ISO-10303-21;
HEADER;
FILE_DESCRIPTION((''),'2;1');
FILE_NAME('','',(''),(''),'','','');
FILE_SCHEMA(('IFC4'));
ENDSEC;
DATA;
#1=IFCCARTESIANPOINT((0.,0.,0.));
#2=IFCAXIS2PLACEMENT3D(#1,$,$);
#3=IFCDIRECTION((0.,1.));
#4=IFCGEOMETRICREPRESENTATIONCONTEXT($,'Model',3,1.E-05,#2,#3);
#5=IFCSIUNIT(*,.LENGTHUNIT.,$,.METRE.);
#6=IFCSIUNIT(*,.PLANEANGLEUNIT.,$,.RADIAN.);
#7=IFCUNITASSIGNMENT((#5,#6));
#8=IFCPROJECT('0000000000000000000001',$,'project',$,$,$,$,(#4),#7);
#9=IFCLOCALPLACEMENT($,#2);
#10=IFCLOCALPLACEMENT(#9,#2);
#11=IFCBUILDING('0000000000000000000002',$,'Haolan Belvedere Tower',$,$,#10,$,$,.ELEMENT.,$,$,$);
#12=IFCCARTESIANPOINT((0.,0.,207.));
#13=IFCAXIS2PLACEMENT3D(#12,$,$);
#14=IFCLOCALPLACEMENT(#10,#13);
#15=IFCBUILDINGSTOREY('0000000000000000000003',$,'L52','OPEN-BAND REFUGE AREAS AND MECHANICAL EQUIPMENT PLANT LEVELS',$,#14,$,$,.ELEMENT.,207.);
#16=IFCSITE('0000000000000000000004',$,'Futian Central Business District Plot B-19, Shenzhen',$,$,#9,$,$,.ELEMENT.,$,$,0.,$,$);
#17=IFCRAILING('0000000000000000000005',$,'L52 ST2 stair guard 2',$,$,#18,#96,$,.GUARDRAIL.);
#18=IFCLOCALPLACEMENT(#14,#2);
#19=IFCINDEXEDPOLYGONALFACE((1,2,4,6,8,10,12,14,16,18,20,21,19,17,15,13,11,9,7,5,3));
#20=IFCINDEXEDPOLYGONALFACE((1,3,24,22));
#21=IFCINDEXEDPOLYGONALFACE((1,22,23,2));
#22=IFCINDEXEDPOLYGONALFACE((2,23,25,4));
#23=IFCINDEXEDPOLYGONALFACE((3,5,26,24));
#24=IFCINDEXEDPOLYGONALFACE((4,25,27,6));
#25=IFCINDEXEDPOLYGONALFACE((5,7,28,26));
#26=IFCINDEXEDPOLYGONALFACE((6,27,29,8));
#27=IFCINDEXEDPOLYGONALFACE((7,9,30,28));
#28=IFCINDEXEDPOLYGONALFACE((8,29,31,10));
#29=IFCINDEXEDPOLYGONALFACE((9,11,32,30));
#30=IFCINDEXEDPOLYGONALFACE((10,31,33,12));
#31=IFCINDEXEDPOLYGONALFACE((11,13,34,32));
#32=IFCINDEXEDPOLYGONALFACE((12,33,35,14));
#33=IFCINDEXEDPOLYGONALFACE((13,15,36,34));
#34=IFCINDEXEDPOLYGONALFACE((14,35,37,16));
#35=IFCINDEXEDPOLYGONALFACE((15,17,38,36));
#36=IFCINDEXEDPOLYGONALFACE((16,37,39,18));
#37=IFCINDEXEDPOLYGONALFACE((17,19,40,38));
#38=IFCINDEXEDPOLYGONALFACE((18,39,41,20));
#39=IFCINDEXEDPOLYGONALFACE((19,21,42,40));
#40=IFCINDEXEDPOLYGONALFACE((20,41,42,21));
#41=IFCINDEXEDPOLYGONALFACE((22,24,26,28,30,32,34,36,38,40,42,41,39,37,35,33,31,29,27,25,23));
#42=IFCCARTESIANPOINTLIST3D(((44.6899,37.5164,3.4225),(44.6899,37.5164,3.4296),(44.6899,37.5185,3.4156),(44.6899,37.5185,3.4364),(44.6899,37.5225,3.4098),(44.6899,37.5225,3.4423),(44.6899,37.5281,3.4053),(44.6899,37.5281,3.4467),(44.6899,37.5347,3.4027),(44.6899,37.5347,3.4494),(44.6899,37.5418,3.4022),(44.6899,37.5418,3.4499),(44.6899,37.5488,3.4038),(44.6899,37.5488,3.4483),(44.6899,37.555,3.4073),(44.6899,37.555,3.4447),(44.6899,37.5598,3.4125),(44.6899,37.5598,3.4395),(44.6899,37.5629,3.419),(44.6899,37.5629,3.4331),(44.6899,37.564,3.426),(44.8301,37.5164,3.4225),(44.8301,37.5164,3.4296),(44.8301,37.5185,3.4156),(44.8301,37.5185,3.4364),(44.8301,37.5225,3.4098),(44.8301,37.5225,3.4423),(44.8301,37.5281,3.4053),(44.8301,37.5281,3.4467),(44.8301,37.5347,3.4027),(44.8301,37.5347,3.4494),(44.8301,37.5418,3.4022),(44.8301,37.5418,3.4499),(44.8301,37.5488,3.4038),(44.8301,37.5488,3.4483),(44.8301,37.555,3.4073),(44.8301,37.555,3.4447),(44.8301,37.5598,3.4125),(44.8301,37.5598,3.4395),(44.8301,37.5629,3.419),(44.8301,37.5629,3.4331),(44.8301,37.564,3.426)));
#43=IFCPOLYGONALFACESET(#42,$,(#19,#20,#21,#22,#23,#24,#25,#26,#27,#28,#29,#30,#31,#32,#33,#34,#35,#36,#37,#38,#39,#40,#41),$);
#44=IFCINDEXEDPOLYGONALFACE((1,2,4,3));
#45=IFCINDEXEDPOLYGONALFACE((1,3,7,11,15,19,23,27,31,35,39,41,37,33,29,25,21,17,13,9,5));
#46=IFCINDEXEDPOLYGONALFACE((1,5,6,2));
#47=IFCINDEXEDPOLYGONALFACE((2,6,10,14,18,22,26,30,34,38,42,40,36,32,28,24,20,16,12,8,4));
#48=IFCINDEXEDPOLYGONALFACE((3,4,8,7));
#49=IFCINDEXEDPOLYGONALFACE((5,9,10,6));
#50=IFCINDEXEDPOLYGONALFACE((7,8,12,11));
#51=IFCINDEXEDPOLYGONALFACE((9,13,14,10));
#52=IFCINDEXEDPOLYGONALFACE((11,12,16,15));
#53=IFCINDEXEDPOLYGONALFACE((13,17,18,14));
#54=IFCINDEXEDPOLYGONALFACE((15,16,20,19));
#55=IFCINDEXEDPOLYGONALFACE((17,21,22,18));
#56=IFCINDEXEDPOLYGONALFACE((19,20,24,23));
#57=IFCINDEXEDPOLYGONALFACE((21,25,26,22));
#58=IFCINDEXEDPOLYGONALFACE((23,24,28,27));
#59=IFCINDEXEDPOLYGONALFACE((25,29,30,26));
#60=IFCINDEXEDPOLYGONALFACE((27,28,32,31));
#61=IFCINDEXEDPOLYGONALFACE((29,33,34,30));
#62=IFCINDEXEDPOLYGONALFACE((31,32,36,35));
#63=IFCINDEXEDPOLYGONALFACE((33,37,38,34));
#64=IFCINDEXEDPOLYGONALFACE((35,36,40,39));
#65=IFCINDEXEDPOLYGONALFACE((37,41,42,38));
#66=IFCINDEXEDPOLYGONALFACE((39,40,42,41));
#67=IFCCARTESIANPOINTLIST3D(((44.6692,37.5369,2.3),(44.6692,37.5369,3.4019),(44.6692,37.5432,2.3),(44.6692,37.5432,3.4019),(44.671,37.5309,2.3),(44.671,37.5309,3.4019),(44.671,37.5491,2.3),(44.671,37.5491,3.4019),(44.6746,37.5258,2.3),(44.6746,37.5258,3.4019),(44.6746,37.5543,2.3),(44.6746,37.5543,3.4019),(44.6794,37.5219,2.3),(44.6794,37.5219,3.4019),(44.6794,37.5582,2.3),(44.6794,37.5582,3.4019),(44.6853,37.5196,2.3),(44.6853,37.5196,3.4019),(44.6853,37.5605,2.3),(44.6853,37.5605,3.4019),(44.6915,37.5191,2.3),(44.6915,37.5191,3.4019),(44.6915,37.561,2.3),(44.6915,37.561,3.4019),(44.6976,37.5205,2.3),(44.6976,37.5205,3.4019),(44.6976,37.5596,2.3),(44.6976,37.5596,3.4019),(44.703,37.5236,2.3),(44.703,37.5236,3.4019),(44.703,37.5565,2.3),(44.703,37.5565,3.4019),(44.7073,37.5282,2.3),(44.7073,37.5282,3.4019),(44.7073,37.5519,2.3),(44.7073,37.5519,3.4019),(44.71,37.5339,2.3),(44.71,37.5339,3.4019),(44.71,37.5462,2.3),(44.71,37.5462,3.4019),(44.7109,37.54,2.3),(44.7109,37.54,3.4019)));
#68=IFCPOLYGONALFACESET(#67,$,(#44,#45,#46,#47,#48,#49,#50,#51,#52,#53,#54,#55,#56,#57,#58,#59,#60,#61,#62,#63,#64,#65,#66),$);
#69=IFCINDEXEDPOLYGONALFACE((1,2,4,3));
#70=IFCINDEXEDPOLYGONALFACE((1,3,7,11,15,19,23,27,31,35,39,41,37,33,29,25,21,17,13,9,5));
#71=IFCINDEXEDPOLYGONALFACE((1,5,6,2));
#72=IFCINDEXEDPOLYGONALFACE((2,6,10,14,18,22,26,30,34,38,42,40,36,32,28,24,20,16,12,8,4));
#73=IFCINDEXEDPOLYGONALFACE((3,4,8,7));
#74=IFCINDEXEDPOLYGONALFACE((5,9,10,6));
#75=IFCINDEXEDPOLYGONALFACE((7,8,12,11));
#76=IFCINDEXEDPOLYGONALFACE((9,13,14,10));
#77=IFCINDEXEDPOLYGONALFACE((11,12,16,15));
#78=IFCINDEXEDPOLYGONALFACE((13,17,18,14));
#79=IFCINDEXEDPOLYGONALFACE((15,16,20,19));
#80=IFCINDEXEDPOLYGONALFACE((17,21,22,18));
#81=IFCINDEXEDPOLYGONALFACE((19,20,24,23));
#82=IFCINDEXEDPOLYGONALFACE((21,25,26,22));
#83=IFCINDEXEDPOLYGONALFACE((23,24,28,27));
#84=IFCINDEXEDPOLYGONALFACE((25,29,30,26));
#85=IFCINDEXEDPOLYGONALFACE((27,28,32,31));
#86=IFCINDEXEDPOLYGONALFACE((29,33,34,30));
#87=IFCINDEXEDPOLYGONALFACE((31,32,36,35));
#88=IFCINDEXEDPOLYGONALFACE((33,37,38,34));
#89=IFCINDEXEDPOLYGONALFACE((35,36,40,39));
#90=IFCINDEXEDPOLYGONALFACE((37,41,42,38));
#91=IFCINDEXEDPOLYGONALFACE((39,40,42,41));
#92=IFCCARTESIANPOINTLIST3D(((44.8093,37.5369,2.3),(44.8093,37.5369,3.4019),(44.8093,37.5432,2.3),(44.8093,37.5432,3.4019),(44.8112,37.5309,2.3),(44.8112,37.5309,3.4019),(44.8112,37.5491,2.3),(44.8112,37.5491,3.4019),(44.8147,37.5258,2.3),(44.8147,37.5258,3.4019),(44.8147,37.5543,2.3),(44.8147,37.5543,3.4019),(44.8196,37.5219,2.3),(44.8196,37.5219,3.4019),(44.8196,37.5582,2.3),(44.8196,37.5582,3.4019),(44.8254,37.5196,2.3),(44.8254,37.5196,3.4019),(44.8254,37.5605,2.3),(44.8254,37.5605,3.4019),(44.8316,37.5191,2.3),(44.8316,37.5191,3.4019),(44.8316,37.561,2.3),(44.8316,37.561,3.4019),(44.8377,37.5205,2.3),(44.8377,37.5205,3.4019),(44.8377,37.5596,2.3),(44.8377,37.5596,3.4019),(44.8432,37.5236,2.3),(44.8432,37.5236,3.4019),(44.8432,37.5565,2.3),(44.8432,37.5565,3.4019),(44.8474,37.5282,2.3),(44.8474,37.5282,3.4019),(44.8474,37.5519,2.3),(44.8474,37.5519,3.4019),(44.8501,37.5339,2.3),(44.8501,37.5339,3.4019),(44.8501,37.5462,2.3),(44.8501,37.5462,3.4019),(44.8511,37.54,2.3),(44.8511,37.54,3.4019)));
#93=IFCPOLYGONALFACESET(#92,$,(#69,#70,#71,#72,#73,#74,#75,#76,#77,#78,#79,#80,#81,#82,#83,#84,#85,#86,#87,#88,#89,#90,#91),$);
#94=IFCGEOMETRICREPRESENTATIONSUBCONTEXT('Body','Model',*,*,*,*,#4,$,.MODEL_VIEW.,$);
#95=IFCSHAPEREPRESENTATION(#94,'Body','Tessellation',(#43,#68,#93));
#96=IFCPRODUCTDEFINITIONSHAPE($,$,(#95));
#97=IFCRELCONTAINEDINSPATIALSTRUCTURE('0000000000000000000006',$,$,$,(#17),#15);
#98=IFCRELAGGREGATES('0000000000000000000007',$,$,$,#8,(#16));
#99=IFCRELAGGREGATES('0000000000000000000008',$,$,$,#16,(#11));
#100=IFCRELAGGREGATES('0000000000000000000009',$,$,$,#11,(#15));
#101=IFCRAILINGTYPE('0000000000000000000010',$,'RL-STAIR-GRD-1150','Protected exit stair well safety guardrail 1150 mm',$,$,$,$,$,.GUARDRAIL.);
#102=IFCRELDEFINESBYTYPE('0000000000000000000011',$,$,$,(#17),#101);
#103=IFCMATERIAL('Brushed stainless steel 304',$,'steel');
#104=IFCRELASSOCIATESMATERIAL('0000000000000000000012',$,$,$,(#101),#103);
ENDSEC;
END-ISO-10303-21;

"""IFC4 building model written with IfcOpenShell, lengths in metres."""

from ifc_helpers import new_model, si_unit, direction, frame, origin, origin_2d, place, context, subcontext, project, spatial, circle, extrude, material, type_object, element, save


model = new_model("IFC4")

# Units and contexts
model_context = context("Model", 3, precision=1e-05, world=origin(), true_north=direction((0.0, 1.0)))
body_context = subcontext(model_context, "Body", "Model", "MODEL_VIEW")
ifc_project = project(units=[si_unit("LENGTHUNIT", "METRE"), si_unit("PLANEANGLEUNIT", "RADIAN")], contexts=[model_context])

# Site, building, storey
site_placement = place(None, origin())
site = spatial("IfcSite", under=ifc_project, at=site_placement, Name="Futian Central Business District Plot B-19, Shenzhen", CompositionType="ELEMENT", RefElevation=0.0)
building_placement = place(site_placement, origin())
building = spatial("IfcBuilding", under=site, at=building_placement, Name="Haolan Belvedere Tower", CompositionType="ELEMENT")
storey_placement = place(building_placement, frame((0.0, 0.0, 207.0)))
storey = spatial("IfcBuildingStorey", under=building, at=storey_placement, Name="L52", Description="OPEN-BAND REFUGE AREAS AND MECHANICAL EQUIPMENT PLANT LEVELS", CompositionType="ELEMENT", Elevation=207.0)

# Railing
ifc_material_1 = material(Name="Brushed stainless steel 304", Category="steel")
railing_type_1 = type_object("IfcRailingType", Name="RL-STAIR-GRD-1150", Description="Protected exit stair well safety guardrail 1150 mm", PredefinedType="GUARDRAIL", material=ifc_material_1)
railing_1_placement = place(storey_placement, frame((44.6899, 37.54, 2.3)))
element("IfcRailing", 1, at=railing_1_placement, inside=storey, type_object=railing_type_1, Name="L52 ST2 stair guard 2", PredefinedType="GUARDRAIL", context=body_context, shape_type="SweptSolid", body=[
    extrude(circle(Radius=0.0239, at=origin_2d()), frame((0.0, 0.0, 1.126), z_axis=(1.0, 0.0, 0.0), x_axis=(0.0, 1.0, 0.0)), (0.0, 0.0, 1.0), 0.1401),
    extrude(circle(Radius=0.021, at=origin_2d()), origin(), (0.0, 0.0, 1.0), 1.1018),
    extrude(circle(Radius=0.021, at=origin_2d()), frame((0.1401, 0.0, 0.0)), (0.0, 0.0, 1.0), 1.1018),
])

save(model, "model.ifc")
